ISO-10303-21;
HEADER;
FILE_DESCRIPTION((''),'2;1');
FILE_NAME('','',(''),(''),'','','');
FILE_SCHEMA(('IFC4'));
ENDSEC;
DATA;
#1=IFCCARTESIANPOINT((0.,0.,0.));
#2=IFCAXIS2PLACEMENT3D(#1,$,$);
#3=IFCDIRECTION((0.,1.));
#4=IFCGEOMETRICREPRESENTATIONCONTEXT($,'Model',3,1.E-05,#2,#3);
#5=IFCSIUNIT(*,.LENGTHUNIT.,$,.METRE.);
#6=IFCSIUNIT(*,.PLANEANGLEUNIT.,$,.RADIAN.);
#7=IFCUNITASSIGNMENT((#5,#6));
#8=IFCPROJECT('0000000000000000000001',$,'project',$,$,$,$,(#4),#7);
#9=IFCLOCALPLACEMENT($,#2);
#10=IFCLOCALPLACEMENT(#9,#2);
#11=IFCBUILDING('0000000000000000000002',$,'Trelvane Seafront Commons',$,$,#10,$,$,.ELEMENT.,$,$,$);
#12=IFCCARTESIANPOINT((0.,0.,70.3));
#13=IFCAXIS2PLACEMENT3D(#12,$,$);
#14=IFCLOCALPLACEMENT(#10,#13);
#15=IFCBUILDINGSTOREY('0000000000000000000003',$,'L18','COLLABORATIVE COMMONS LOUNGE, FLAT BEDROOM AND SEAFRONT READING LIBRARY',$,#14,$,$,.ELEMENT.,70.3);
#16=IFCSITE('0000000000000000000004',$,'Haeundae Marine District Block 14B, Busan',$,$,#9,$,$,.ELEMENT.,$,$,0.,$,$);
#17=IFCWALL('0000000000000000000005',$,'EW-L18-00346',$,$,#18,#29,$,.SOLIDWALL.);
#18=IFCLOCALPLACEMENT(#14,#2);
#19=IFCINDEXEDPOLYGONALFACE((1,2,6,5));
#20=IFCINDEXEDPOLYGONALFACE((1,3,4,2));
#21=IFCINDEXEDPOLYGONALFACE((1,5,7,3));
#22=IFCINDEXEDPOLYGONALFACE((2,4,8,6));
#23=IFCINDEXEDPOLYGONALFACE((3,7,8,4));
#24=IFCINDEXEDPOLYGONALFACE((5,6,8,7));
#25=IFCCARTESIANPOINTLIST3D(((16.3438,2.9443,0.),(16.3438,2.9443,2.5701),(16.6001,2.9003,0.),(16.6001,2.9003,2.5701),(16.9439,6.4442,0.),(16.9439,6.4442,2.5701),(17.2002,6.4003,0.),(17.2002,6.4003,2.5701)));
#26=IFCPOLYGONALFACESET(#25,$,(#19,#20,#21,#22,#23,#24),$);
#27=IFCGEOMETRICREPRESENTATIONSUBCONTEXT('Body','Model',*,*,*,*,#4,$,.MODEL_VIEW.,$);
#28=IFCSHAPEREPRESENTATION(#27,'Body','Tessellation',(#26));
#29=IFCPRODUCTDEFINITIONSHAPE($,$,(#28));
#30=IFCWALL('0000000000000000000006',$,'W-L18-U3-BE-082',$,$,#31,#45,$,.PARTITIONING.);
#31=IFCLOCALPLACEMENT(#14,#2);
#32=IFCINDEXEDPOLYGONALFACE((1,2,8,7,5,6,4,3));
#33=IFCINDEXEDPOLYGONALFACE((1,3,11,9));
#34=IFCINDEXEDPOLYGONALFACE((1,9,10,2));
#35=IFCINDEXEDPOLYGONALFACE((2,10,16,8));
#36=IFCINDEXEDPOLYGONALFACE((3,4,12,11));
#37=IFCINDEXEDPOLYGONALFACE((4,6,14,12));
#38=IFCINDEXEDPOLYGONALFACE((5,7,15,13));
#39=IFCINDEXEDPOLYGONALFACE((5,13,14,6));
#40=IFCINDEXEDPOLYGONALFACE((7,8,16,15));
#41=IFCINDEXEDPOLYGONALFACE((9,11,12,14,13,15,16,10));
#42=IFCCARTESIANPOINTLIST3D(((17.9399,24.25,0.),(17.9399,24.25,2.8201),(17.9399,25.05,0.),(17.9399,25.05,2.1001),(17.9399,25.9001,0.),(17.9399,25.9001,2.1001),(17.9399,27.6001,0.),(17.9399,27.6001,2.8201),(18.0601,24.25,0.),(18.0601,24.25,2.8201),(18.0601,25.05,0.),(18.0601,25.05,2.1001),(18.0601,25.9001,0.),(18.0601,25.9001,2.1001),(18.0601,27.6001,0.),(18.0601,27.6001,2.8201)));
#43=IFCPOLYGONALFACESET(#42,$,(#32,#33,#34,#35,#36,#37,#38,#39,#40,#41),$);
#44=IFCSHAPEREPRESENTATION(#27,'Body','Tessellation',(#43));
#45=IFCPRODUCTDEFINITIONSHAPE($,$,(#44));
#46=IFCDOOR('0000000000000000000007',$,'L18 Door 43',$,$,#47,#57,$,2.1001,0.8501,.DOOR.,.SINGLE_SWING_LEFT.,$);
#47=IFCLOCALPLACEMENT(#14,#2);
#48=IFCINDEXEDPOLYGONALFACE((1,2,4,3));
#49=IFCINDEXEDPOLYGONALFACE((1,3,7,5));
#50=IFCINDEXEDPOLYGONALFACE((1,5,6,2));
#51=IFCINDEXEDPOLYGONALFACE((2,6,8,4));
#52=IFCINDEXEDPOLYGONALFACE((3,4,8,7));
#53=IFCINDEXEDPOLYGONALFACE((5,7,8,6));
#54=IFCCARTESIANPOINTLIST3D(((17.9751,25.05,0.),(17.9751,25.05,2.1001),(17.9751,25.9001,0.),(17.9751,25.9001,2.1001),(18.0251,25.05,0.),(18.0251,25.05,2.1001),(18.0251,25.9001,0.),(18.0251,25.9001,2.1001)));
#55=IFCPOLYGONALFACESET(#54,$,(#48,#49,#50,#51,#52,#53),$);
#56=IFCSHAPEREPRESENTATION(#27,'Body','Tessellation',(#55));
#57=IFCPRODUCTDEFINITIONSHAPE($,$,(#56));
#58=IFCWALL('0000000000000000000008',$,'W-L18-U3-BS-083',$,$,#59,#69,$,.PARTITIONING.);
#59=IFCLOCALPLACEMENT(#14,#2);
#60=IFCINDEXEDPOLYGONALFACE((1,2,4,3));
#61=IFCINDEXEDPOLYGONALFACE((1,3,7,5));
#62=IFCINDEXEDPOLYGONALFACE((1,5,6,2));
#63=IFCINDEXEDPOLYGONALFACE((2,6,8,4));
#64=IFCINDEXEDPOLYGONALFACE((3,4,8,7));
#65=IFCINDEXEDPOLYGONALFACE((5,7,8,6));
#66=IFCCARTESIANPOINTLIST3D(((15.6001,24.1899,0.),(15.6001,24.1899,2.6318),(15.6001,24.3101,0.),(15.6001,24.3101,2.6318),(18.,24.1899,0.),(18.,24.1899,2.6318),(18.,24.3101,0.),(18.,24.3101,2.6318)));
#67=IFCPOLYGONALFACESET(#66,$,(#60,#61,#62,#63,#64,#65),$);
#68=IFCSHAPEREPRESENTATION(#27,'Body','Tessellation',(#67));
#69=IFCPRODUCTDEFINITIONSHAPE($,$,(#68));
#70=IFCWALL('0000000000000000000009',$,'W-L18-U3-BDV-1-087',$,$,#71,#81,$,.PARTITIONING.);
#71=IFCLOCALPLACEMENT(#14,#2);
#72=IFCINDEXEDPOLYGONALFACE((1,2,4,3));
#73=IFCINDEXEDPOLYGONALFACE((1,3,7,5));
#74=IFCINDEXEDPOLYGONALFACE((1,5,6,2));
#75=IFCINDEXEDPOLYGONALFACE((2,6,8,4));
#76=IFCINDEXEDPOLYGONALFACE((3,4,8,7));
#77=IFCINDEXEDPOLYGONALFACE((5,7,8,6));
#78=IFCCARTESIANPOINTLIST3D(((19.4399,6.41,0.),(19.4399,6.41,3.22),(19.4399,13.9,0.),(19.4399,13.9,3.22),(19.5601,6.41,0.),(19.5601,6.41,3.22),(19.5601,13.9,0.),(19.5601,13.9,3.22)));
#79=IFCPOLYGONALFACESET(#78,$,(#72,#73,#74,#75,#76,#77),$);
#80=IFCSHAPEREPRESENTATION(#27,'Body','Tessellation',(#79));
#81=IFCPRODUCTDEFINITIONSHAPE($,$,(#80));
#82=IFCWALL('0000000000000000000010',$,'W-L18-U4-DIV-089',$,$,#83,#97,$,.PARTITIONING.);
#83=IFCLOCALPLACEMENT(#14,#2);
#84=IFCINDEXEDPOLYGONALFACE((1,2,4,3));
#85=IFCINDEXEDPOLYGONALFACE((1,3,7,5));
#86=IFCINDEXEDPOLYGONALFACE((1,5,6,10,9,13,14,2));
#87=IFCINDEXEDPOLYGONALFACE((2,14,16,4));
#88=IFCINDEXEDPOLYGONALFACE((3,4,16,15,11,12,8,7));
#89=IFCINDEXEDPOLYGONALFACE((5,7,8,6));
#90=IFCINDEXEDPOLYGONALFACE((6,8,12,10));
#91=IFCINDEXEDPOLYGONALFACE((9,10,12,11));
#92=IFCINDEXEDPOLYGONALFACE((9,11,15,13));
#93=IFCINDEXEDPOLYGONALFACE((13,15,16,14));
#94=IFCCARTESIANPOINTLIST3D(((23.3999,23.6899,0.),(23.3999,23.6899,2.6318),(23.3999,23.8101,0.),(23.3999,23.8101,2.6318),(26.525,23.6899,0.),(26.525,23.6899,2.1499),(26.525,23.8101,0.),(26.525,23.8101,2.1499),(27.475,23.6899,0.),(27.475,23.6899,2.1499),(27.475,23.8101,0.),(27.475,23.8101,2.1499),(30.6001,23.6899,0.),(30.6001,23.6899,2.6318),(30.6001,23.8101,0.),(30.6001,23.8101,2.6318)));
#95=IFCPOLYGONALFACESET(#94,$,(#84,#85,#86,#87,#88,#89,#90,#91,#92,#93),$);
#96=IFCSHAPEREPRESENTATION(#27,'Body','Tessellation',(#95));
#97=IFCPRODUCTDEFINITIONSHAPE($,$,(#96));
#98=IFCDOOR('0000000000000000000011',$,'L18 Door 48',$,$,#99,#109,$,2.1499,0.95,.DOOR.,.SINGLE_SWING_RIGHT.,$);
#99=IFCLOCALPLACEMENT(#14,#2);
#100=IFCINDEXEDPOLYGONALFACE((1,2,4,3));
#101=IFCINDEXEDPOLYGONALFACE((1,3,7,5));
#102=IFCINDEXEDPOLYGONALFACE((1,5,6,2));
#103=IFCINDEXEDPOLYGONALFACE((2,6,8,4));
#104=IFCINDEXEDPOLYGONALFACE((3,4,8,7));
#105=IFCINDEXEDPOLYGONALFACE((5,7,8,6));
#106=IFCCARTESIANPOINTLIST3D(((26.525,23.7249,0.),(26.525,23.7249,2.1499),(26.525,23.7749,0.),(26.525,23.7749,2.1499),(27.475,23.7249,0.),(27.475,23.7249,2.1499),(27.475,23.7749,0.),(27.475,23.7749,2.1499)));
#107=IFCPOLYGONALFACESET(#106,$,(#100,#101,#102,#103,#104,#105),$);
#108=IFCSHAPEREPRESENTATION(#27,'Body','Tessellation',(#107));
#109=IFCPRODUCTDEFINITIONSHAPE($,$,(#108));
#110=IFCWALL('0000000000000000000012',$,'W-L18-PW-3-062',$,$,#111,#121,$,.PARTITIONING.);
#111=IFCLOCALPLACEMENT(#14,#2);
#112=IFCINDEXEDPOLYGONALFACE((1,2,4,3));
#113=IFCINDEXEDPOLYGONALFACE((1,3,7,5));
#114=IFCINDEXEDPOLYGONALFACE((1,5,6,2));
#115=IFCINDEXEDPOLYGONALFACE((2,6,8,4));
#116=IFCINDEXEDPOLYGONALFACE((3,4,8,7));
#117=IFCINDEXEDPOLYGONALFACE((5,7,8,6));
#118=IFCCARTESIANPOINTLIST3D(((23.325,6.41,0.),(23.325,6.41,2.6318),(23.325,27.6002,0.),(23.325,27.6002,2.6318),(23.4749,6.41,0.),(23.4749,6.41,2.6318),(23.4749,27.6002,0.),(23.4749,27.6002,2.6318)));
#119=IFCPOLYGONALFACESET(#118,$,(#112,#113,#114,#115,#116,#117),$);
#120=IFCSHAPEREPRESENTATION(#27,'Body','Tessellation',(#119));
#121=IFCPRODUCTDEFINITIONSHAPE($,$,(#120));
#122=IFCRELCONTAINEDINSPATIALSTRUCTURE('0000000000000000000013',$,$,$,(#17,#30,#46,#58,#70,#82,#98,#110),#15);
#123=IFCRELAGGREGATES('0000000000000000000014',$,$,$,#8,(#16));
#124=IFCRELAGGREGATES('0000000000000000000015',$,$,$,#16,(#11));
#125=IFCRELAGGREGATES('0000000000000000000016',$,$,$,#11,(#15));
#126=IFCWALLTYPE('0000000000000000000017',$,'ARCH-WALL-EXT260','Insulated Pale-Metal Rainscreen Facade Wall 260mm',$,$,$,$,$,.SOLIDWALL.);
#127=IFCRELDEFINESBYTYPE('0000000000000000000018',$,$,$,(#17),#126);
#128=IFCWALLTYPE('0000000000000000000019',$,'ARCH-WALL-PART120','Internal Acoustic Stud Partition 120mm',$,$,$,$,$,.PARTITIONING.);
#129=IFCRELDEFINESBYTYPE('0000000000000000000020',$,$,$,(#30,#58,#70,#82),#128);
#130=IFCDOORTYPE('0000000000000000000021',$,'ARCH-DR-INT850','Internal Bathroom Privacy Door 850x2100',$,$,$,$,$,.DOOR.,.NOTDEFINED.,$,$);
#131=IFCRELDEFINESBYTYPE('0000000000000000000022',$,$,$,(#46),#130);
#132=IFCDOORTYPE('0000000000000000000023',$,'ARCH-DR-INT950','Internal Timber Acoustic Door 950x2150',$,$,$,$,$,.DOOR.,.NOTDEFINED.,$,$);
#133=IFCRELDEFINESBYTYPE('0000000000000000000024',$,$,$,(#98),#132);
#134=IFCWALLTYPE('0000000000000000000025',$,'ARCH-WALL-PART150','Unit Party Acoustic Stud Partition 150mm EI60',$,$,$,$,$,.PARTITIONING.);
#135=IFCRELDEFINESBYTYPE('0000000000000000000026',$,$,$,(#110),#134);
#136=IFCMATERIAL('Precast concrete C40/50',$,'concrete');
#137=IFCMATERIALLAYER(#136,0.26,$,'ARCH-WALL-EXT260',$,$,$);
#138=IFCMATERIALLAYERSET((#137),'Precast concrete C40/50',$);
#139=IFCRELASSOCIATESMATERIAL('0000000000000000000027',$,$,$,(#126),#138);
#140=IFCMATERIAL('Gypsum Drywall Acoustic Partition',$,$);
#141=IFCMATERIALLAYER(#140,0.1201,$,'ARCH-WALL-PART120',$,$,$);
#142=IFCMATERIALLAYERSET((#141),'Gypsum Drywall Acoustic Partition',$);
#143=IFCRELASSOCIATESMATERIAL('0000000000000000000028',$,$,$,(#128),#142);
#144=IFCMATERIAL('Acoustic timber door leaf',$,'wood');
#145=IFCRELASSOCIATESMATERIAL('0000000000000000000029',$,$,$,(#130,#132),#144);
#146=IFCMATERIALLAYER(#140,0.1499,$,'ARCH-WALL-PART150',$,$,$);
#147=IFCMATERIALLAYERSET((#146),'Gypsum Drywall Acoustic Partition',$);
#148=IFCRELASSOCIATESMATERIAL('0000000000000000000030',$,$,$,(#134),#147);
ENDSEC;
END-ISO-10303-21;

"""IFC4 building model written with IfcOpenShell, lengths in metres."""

from ifc_helpers import new_model, si_unit, direction, frame, frame_2d, origin, place, context, subcontext, project, spatial, rectangle, extrude, source, transform, mapped, material, layer, layer_set, type_object, element, fill, save


model = new_model("IFC4")

# Units and contexts
model_context = context("Model", 3, precision=1e-05, world=origin(), true_north=direction((0.0, 1.0)))
body_context = subcontext(model_context, "Body", "Model", "MODEL_VIEW")
ifc_project = project(units=[si_unit("LENGTHUNIT", "METRE"), si_unit("PLANEANGLEUNIT", "RADIAN")], contexts=[model_context])

# Site, building, storey
site_placement = place(None, origin())
site = spatial("IfcSite", under=ifc_project, at=site_placement, Name="Haeundae Marine District Block 14B, Busan", CompositionType="ELEMENT", RefElevation=0.0)
building_placement = place(site_placement, origin())
building = spatial("IfcBuilding", under=site, at=building_placement, Name="Trelvane Seafront Commons", CompositionType="ELEMENT")
storey_placement = place(building_placement, frame((0.0, 0.0, 70.3)))
storey = spatial("IfcBuildingStorey", under=building, at=storey_placement, Name="L18", Description="COLLABORATIVE COMMONS LOUNGE, FLAT BEDROOM AND SEAFRONT READING LIBRARY", CompositionType="ELEMENT", Elevation=70.3)

# Wall
ifc_material_1 = material(Name="Precast concrete C40/50", Category="concrete")
ifc_layer_1 = layer(ifc_material_1, 0.26, Name="ARCH-WALL-EXT260")
ifc_layer_set_1 = layer_set([ifc_layer_1], Name="Precast concrete C40/50")
wall_type_1 = type_object("IfcWallType", Name="ARCH-WALL-EXT260", Description="Insulated Pale-Metal Rainscreen Facade Wall 260mm", PredefinedType="SOLIDWALL", material=ifc_layer_set_1)
wall_1_placement = place(storey_placement, frame((17.072, 6.4221, 0.0), z_axis=(0.0, 0.0, 1.0), x_axis=(-0.168991, -0.985618, 0.0)))
element("IfcWall", 1, at=wall_1_placement, inside=storey, type_object=wall_type_1, Name="EW-L18-00346", PredefinedType="SOLIDWALL", context=body_context, shape_type="SweptSolid", body=[
    extrude(rectangle(XDim=3.551, YDim=0.26, at=frame_2d((1.7754, 0.0))), origin(), (0.0, 0.0, 1.0), 2.5701),
])

# Wall, opening, door
ifc_material_2 = material(Name="Gypsum Drywall Acoustic Partition")
ifc_layer_2 = layer(ifc_material_2, 0.1201, Name="ARCH-WALL-PART120")
ifc_layer_set_2 = layer_set([ifc_layer_2], Name="Gypsum Drywall Acoustic Partition")
wall_type_2 = type_object("IfcWallType", Name="ARCH-WALL-PART120", Description="Internal Acoustic Stud Partition 120mm", PredefinedType="PARTITIONING", material=ifc_layer_set_2)
wall_2_placement = place(storey_placement, frame((18.0, 24.25, 0.0), z_axis=(0.0, 0.0, 1.0), x_axis=(0.0, 1.0, 0.0)))
wall_2 = element("IfcWall", 2, at=wall_2_placement, inside=storey, type_object=wall_type_2, Name="W-L18-U3-BE-082", PredefinedType="PARTITIONING", context=body_context, shape_type="SweptSolid", body=[
    extrude(rectangle(XDim=3.3501, YDim=0.1201, at=frame_2d((1.675, 0.0))), origin(), (0.0, 0.0, 1.0), 2.8201),
])
opening_1_placement = place(wall_2_placement, frame((0.8, 0.0, 0.0)))
opening_1 = element("IfcOpeningElement", 3, at=opening_1_placement, cuts=wall_2, PredefinedType="OPENING", context=body_context, shape_type="SweptSolid", body=[
    extrude(rectangle(XDim=0.8501, YDim=2.1001, at=frame_2d((0.425, 1.05))), frame((0.0, 0.0701, 0.0), z_axis=(0.0, -1.0, 0.0), x_axis=(1.0, 0.0, 0.0)), (0.0, 0.0, 1.0), 0.1401),
])
ifc_material_3 = material(Name="Acoustic timber door leaf", Category="wood")
door_type_1 = type_object("IfcDoorType", Name="ARCH-DR-INT850", Description="Internal Bathroom Privacy Door 850x2100", OperationType="NOTDEFINED", PredefinedType="DOOR", material=ifc_material_3)
shared_shape_1 = source(origin(), body_context, "Body", "SweptSolid", [
    extrude(rectangle(XDim=0.8501, YDim=2.1001, at=frame_2d((0.425, 1.05))), frame((0.0, 0.0249, 0.0), z_axis=(0.0, -1.0, 0.0), x_axis=(1.0, 0.0, 0.0)), (0.0, 0.0, 1.0), 0.05),
])
door_1_placement = place(opening_1_placement, origin())
door_1 = element("IfcDoor", 4, at=door_1_placement, inside=storey, type_object=door_type_1, Name="L18 Door 43", OperationType="SINGLE_SWING_LEFT", OverallHeight=2.1001, OverallWidth=0.8501, PredefinedType="DOOR", context=body_context, shape_type="MappedRepresentation", body=[
    mapped(shared_shape_1, transform((0.0, 0.0, 0.0), x_axis=(1.0, 0.0, 0.0), y_axis=(0.0, 1.0, 0.0), z_axis=(0.0, 0.0, 1.0), scale=1.0)),
])
fill(opening_1, door_1)

# Wall
wall_3_placement = place(storey_placement, frame((15.6001, 24.25, 0.0), z_axis=(0.0, 0.0, 1.0), x_axis=(1.0, 0.0, 0.0)))
element("IfcWall", 5, at=wall_3_placement, inside=storey, type_object=wall_type_2, Name="W-L18-U3-BS-083", PredefinedType="PARTITIONING", context=body_context, shape_type="SweptSolid", body=[
    extrude(rectangle(XDim=2.3999, YDim=0.1201, at=frame_2d((1.2, 0.0))), origin(), (0.0, 0.0, 1.0), 2.6318),
])

# Shared definitions
door_type_2 = type_object("IfcDoorType", Name="ARCH-DR-INT950", Description="Internal Timber Acoustic Door 950x2150", OperationType="NOTDEFINED", PredefinedType="DOOR", material=ifc_material_3)
shared_shape_2 = source(origin(), body_context, "Body", "SweptSolid", [
    extrude(rectangle(XDim=0.95, YDim=2.1499, at=frame_2d((0.4751, 1.075))), frame((0.0, 0.0249, 0.0), z_axis=(0.0, -1.0, 0.0), x_axis=(1.0, 0.0, 0.0)), (0.0, 0.0, 1.0), 0.05),
])

# Wall
wall_4_placement = place(storey_placement, frame((19.5, 6.4099, 0.0), z_axis=(0.0, 0.0, 1.0), x_axis=(0.0, 1.0, 0.0)))
element("IfcWall", 6, at=wall_4_placement, inside=storey, type_object=wall_type_2, Name="W-L18-U3-BDV-1-087", PredefinedType="PARTITIONING", context=body_context, shape_type="SweptSolid", body=[
    extrude(rectangle(XDim=7.49, YDim=0.1201, at=frame_2d((3.7451, 0.0))), origin(), (0.0, 0.0, 1.0), 3.22),
])

# Wall, opening, door
wall_5_placement = place(storey_placement, frame((23.3999, 23.75, 0.0), z_axis=(0.0, 0.0, 1.0), x_axis=(1.0, 0.0, 0.0)))
wall_5 = element("IfcWall", 7, at=wall_5_placement, inside=storey, type_object=wall_type_2, Name="W-L18-U4-DIV-089", PredefinedType="PARTITIONING", context=body_context, shape_type="SweptSolid", body=[
    extrude(rectangle(XDim=7.2002, YDim=0.1201, at=frame_2d((3.6001, 0.0))), origin(), (0.0, 0.0, 1.0), 2.6318),
])
opening_2_placement = place(wall_5_placement, frame((3.125, 0.0, 0.0)))
opening_2 = element("IfcOpeningElement", 8, at=opening_2_placement, cuts=wall_5, PredefinedType="OPENING", context=body_context, shape_type="SweptSolid", body=[
    extrude(rectangle(XDim=0.95, YDim=2.1499, at=frame_2d((0.4751, 1.075))), frame((0.0, 0.0701, 0.0), z_axis=(0.0, -1.0, 0.0), x_axis=(1.0, 0.0, 0.0)), (0.0, 0.0, 1.0), 0.1401),
])
door_2_placement = place(opening_2_placement, origin())
door_2 = element("IfcDoor", 9, at=door_2_placement, inside=storey, type_object=door_type_2, Name="L18 Door 48", OperationType="SINGLE_SWING_RIGHT", OverallHeight=2.1499, OverallWidth=0.95, PredefinedType="DOOR", context=body_context, shape_type="MappedRepresentation", body=[
    mapped(shared_shape_2, transform((0.0, 0.0, 0.0), x_axis=(1.0, 0.0, 0.0), y_axis=(0.0, 1.0, 0.0), z_axis=(0.0, 0.0, 1.0), scale=1.0)),
])
fill(opening_2, door_2)

# Wall
ifc_layer_3 = layer(ifc_material_2, 0.1499, Name="ARCH-WALL-PART150")
ifc_layer_set_3 = layer_set([ifc_layer_3], Name="Gypsum Drywall Acoustic Partition")
wall_type_3 = type_object("IfcWallType", Name="ARCH-WALL-PART150", Description="Unit Party Acoustic Stud Partition 150mm EI60", PredefinedType="PARTITIONING", material=ifc_layer_set_3)
wall_6_placement = place(storey_placement, frame((23.3999, 6.4099, 0.0), z_axis=(0.0, 0.0, 1.0), x_axis=(0.0, 1.0, 0.0)))
element("IfcWall", 10, at=wall_6_placement, inside=storey, type_object=wall_type_3, Name="W-L18-PW-3-062", PredefinedType="PARTITIONING", context=body_context, shape_type="SweptSolid", body=[
    extrude(rectangle(XDim=21.1902, YDim=0.1499, at=frame_2d((10.5952, 0.0))), origin(), (0.0, 0.0, 1.0), 2.6318),
])

save(model, "model.ifc")
